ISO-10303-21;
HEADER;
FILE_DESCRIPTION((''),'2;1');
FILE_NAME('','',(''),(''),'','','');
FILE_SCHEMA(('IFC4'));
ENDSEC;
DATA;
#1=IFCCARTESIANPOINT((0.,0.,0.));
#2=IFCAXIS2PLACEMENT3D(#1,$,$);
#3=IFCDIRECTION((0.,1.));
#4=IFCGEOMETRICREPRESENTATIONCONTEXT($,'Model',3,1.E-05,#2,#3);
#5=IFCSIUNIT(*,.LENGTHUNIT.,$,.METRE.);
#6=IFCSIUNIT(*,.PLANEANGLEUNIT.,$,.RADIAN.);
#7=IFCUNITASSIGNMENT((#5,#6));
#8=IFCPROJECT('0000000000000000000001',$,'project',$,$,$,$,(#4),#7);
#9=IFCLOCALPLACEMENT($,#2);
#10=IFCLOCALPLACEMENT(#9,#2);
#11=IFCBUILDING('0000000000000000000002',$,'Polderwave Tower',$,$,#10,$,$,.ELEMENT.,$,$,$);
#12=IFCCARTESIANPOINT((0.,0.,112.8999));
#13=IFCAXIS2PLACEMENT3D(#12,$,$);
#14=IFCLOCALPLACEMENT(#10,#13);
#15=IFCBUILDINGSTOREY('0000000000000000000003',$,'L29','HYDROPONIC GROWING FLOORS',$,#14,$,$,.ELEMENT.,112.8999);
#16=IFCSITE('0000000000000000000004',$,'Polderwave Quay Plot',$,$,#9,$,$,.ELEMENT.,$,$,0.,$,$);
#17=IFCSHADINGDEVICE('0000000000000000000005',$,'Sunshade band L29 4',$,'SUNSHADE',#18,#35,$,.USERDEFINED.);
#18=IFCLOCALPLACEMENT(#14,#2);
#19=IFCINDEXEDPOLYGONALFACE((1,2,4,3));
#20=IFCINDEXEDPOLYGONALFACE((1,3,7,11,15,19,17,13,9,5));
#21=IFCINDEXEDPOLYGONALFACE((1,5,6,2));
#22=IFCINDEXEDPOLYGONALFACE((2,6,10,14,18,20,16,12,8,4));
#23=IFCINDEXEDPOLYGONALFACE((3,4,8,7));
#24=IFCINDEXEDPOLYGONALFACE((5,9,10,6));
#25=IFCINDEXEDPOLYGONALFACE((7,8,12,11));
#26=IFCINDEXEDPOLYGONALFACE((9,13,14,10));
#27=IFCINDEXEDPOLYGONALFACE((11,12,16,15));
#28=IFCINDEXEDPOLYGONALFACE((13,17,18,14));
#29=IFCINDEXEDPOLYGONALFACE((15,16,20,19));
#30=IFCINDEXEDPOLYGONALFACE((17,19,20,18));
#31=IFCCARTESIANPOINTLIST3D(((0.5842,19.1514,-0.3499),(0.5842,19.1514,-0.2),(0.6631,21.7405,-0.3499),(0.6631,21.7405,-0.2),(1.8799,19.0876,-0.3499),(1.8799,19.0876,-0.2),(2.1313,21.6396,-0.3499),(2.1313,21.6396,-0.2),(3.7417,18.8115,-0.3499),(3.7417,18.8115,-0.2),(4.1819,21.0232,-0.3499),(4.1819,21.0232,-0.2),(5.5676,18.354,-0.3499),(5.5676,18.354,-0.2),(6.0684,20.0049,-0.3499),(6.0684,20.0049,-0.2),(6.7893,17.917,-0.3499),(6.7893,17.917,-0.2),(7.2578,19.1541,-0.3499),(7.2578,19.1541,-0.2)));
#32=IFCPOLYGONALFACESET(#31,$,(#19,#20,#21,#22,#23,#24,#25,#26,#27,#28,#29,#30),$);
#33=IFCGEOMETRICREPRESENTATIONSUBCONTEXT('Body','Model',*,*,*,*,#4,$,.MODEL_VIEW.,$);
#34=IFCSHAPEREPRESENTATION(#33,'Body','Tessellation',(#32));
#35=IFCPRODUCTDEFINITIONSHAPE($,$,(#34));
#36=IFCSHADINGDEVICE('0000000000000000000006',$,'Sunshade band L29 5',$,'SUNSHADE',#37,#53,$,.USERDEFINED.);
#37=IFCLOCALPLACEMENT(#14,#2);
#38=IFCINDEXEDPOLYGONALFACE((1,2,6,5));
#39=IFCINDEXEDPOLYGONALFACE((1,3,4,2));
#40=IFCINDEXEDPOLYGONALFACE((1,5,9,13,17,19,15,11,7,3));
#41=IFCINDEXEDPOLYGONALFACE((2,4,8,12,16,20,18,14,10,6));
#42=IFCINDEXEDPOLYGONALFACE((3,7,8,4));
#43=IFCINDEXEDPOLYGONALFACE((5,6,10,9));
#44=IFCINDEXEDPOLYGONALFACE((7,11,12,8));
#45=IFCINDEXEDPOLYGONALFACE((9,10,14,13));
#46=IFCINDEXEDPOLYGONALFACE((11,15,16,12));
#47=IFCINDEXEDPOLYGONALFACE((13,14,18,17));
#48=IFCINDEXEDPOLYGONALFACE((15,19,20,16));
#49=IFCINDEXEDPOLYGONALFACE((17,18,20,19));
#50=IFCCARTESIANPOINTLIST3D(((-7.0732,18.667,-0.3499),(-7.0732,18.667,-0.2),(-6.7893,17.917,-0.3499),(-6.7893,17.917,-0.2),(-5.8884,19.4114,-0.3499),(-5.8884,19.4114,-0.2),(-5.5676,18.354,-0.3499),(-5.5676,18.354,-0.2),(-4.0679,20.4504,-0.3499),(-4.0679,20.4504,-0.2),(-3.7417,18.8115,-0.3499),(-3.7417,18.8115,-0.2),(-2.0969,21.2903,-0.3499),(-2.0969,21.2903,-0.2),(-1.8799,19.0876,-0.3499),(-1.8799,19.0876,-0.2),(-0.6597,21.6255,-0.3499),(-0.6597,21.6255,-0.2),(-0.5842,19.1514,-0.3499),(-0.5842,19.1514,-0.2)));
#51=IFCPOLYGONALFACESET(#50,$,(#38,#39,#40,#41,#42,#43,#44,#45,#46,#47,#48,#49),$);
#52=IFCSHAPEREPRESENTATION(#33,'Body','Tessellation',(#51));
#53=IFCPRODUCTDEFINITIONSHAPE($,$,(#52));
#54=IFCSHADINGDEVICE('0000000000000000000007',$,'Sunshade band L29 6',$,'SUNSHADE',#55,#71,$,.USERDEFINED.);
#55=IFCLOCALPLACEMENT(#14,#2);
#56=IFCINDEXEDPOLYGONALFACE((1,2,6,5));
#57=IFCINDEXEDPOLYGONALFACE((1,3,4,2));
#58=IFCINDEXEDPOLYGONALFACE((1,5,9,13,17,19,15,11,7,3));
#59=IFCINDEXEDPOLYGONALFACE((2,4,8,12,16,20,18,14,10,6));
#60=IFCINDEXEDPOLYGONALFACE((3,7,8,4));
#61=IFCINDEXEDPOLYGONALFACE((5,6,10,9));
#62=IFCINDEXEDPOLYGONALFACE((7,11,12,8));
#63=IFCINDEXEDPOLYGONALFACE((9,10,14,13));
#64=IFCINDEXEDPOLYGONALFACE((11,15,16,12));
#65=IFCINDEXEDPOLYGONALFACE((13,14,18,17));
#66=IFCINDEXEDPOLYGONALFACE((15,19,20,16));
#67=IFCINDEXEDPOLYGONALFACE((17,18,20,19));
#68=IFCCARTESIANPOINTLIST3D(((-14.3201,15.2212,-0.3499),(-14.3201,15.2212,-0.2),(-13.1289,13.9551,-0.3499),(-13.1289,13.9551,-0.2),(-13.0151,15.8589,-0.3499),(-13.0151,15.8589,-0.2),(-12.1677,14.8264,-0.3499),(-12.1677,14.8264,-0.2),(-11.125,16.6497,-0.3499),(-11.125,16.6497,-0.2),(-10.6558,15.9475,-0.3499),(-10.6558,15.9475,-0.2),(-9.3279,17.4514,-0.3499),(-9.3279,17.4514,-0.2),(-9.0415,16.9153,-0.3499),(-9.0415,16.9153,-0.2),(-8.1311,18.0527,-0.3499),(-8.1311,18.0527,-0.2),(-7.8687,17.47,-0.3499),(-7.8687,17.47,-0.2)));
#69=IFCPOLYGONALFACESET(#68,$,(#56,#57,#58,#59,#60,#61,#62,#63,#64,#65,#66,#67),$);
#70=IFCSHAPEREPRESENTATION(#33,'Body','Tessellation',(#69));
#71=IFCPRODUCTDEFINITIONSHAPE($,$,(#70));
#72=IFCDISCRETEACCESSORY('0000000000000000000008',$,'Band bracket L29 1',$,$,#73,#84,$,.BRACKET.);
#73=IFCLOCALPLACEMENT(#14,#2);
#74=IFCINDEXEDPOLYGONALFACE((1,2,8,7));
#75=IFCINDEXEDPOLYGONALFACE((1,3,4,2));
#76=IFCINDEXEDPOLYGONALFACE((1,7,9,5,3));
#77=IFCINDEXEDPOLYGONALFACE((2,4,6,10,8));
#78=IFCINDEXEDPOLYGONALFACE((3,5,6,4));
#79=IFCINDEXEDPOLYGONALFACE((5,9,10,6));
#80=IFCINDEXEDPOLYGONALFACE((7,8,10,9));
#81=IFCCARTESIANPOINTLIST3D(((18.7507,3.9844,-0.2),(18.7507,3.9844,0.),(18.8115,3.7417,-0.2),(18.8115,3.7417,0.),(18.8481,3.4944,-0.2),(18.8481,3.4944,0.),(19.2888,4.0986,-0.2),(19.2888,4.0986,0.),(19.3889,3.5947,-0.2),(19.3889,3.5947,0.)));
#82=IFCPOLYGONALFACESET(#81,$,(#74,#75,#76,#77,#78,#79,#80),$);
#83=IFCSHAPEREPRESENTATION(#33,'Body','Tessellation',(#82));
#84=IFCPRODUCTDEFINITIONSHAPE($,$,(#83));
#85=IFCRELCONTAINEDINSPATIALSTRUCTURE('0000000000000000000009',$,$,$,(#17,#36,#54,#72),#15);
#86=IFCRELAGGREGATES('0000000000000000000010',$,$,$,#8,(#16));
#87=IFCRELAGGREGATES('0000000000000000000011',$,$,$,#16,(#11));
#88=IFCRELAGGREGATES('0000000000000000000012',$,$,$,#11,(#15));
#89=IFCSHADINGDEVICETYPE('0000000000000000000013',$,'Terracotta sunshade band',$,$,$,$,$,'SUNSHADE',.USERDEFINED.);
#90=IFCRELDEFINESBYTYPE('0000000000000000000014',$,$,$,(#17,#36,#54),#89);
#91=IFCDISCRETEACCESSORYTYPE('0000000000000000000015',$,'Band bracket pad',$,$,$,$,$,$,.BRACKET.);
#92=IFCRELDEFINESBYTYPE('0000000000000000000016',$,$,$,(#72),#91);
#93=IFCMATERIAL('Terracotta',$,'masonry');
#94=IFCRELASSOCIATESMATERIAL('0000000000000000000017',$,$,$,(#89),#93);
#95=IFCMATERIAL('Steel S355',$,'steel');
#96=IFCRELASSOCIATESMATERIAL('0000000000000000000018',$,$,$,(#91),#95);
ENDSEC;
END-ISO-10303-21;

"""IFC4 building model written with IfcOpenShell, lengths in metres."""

from ifc_helpers import new_model, si_unit, direction, frame, origin, place, context, subcontext, project, spatial, polyline, outline, extrude, material, type_object, element, save


model = new_model("IFC4")

# Units and contexts
model_context = context("Model", 3, precision=1e-05, world=origin(), true_north=direction((0.0, 1.0)))
body_context = subcontext(model_context, "Body", "Model", "MODEL_VIEW")
ifc_project = project(units=[si_unit("LENGTHUNIT", "METRE"), si_unit("PLANEANGLEUNIT", "RADIAN")], contexts=[model_context])

# Site, building, storey
site_placement = place(None, origin())
site = spatial("IfcSite", under=ifc_project, at=site_placement, Name="Polderwave Quay Plot", CompositionType="ELEMENT", RefElevation=0.0)
building_placement = place(site_placement, origin())
building = spatial("IfcBuilding", under=site, at=building_placement, Name="Polderwave Tower", CompositionType="ELEMENT")
storey_placement = place(building_placement, frame((0.0, 0.0, 112.8999)))
storey = spatial("IfcBuildingStorey", under=building, at=storey_placement, Name="L29", Description="HYDROPONIC GROWING FLOORS", CompositionType="ELEMENT", Elevation=112.8999)

# Shading devices
ifc_material_1 = material(Name="Terracotta", Category="masonry")
shading_device_type = type_object("IfcShadingDeviceType", Name="Terracotta sunshade band", ElementType="SUNSHADE", PredefinedType="USERDEFINED", material=ifc_material_1)
shading_device_1_placement = place(storey_placement, frame((0.0, 0.0, -0.3499)))
element("IfcShadingDevice", 1, at=shading_device_1_placement, inside=storey, type_object=shading_device_type, Name="Sunshade band L29 4", ObjectType="SUNSHADE", PredefinedType="USERDEFINED", context=body_context, shape_type="SweptSolid", body=[
    extrude(outline(polyline([(6.7893, 17.917), (5.5676, 18.354), (3.7417, 18.8115), (1.8799, 19.0876), (0.5842, 19.1514), (0.6631, 21.7405), (2.1313, 21.6396), (4.1819, 21.0232), (6.0684, 20.0049), (7.2578, 19.1541), (6.7893, 17.917)])), origin(), (0.0, 0.0, 1.0), 0.1499),
])
shading_device_2_placement = place(storey_placement, frame((0.0, 0.0, -0.3499)))
element("IfcShadingDevice", 2, at=shading_device_2_placement, inside=storey, type_object=shading_device_type, Name="Sunshade band L29 5", ObjectType="SUNSHADE", PredefinedType="USERDEFINED", context=body_context, shape_type="SweptSolid", body=[
    extrude(outline(polyline([(-0.5842, 19.1514), (-1.8799, 19.0876), (-3.7417, 18.8115), (-5.5676, 18.354), (-6.7893, 17.917), (-7.0732, 18.667), (-5.8884, 19.4114), (-4.0679, 20.4504), (-2.0969, 21.2903), (-0.6597, 21.6255), (-0.5842, 19.1514)])), origin(), (0.0, 0.0, 1.0), 0.1499),
])
shading_device_3_placement = place(storey_placement, frame((0.0, 0.0, -0.3499)))
element("IfcShadingDevice", 3, at=shading_device_3_placement, inside=storey, type_object=shading_device_type, Name="Sunshade band L29 6", ObjectType="SUNSHADE", PredefinedType="USERDEFINED", context=body_context, shape_type="SweptSolid", body=[
    extrude(outline(polyline([(-7.8687, 17.47), (-9.0415, 16.9153), (-10.6558, 15.9475), (-12.1677, 14.8264), (-13.1289, 13.9551), (-14.3201, 15.2212), (-13.0151, 15.8589), (-11.125, 16.6497), (-9.3279, 17.4514), (-8.1311, 18.0527), (-7.8687, 17.47)])), origin(), (0.0, 0.0, 1.0), 0.1499),
])

# Discrete accessory
ifc_material_2 = material(Name="Steel S355", Category="steel")
discrete_accessory_type = type_object("IfcDiscreteAccessoryType", Name="Band bracket pad", PredefinedType="BRACKET", material=ifc_material_2)
discrete_accessory_placement = place(storey_placement, frame((0.0, 0.0, -0.2)))
element("IfcDiscreteAccessory", 4, at=discrete_accessory_placement, inside=storey, type_object=discrete_accessory_type, Name="Band bracket L29 1", PredefinedType="BRACKET", context=body_context, shape_type="SweptSolid", body=[
    extrude(outline(polyline([(18.8481, 3.4944), (18.8115, 3.7417), (18.7507, 3.9844), (19.2888, 4.0986), (19.3889, 3.5947), (18.8481, 3.4944)])), origin(), (0.0, 0.0, 1.0), 0.2),
])

save(model, "model.ifc")
